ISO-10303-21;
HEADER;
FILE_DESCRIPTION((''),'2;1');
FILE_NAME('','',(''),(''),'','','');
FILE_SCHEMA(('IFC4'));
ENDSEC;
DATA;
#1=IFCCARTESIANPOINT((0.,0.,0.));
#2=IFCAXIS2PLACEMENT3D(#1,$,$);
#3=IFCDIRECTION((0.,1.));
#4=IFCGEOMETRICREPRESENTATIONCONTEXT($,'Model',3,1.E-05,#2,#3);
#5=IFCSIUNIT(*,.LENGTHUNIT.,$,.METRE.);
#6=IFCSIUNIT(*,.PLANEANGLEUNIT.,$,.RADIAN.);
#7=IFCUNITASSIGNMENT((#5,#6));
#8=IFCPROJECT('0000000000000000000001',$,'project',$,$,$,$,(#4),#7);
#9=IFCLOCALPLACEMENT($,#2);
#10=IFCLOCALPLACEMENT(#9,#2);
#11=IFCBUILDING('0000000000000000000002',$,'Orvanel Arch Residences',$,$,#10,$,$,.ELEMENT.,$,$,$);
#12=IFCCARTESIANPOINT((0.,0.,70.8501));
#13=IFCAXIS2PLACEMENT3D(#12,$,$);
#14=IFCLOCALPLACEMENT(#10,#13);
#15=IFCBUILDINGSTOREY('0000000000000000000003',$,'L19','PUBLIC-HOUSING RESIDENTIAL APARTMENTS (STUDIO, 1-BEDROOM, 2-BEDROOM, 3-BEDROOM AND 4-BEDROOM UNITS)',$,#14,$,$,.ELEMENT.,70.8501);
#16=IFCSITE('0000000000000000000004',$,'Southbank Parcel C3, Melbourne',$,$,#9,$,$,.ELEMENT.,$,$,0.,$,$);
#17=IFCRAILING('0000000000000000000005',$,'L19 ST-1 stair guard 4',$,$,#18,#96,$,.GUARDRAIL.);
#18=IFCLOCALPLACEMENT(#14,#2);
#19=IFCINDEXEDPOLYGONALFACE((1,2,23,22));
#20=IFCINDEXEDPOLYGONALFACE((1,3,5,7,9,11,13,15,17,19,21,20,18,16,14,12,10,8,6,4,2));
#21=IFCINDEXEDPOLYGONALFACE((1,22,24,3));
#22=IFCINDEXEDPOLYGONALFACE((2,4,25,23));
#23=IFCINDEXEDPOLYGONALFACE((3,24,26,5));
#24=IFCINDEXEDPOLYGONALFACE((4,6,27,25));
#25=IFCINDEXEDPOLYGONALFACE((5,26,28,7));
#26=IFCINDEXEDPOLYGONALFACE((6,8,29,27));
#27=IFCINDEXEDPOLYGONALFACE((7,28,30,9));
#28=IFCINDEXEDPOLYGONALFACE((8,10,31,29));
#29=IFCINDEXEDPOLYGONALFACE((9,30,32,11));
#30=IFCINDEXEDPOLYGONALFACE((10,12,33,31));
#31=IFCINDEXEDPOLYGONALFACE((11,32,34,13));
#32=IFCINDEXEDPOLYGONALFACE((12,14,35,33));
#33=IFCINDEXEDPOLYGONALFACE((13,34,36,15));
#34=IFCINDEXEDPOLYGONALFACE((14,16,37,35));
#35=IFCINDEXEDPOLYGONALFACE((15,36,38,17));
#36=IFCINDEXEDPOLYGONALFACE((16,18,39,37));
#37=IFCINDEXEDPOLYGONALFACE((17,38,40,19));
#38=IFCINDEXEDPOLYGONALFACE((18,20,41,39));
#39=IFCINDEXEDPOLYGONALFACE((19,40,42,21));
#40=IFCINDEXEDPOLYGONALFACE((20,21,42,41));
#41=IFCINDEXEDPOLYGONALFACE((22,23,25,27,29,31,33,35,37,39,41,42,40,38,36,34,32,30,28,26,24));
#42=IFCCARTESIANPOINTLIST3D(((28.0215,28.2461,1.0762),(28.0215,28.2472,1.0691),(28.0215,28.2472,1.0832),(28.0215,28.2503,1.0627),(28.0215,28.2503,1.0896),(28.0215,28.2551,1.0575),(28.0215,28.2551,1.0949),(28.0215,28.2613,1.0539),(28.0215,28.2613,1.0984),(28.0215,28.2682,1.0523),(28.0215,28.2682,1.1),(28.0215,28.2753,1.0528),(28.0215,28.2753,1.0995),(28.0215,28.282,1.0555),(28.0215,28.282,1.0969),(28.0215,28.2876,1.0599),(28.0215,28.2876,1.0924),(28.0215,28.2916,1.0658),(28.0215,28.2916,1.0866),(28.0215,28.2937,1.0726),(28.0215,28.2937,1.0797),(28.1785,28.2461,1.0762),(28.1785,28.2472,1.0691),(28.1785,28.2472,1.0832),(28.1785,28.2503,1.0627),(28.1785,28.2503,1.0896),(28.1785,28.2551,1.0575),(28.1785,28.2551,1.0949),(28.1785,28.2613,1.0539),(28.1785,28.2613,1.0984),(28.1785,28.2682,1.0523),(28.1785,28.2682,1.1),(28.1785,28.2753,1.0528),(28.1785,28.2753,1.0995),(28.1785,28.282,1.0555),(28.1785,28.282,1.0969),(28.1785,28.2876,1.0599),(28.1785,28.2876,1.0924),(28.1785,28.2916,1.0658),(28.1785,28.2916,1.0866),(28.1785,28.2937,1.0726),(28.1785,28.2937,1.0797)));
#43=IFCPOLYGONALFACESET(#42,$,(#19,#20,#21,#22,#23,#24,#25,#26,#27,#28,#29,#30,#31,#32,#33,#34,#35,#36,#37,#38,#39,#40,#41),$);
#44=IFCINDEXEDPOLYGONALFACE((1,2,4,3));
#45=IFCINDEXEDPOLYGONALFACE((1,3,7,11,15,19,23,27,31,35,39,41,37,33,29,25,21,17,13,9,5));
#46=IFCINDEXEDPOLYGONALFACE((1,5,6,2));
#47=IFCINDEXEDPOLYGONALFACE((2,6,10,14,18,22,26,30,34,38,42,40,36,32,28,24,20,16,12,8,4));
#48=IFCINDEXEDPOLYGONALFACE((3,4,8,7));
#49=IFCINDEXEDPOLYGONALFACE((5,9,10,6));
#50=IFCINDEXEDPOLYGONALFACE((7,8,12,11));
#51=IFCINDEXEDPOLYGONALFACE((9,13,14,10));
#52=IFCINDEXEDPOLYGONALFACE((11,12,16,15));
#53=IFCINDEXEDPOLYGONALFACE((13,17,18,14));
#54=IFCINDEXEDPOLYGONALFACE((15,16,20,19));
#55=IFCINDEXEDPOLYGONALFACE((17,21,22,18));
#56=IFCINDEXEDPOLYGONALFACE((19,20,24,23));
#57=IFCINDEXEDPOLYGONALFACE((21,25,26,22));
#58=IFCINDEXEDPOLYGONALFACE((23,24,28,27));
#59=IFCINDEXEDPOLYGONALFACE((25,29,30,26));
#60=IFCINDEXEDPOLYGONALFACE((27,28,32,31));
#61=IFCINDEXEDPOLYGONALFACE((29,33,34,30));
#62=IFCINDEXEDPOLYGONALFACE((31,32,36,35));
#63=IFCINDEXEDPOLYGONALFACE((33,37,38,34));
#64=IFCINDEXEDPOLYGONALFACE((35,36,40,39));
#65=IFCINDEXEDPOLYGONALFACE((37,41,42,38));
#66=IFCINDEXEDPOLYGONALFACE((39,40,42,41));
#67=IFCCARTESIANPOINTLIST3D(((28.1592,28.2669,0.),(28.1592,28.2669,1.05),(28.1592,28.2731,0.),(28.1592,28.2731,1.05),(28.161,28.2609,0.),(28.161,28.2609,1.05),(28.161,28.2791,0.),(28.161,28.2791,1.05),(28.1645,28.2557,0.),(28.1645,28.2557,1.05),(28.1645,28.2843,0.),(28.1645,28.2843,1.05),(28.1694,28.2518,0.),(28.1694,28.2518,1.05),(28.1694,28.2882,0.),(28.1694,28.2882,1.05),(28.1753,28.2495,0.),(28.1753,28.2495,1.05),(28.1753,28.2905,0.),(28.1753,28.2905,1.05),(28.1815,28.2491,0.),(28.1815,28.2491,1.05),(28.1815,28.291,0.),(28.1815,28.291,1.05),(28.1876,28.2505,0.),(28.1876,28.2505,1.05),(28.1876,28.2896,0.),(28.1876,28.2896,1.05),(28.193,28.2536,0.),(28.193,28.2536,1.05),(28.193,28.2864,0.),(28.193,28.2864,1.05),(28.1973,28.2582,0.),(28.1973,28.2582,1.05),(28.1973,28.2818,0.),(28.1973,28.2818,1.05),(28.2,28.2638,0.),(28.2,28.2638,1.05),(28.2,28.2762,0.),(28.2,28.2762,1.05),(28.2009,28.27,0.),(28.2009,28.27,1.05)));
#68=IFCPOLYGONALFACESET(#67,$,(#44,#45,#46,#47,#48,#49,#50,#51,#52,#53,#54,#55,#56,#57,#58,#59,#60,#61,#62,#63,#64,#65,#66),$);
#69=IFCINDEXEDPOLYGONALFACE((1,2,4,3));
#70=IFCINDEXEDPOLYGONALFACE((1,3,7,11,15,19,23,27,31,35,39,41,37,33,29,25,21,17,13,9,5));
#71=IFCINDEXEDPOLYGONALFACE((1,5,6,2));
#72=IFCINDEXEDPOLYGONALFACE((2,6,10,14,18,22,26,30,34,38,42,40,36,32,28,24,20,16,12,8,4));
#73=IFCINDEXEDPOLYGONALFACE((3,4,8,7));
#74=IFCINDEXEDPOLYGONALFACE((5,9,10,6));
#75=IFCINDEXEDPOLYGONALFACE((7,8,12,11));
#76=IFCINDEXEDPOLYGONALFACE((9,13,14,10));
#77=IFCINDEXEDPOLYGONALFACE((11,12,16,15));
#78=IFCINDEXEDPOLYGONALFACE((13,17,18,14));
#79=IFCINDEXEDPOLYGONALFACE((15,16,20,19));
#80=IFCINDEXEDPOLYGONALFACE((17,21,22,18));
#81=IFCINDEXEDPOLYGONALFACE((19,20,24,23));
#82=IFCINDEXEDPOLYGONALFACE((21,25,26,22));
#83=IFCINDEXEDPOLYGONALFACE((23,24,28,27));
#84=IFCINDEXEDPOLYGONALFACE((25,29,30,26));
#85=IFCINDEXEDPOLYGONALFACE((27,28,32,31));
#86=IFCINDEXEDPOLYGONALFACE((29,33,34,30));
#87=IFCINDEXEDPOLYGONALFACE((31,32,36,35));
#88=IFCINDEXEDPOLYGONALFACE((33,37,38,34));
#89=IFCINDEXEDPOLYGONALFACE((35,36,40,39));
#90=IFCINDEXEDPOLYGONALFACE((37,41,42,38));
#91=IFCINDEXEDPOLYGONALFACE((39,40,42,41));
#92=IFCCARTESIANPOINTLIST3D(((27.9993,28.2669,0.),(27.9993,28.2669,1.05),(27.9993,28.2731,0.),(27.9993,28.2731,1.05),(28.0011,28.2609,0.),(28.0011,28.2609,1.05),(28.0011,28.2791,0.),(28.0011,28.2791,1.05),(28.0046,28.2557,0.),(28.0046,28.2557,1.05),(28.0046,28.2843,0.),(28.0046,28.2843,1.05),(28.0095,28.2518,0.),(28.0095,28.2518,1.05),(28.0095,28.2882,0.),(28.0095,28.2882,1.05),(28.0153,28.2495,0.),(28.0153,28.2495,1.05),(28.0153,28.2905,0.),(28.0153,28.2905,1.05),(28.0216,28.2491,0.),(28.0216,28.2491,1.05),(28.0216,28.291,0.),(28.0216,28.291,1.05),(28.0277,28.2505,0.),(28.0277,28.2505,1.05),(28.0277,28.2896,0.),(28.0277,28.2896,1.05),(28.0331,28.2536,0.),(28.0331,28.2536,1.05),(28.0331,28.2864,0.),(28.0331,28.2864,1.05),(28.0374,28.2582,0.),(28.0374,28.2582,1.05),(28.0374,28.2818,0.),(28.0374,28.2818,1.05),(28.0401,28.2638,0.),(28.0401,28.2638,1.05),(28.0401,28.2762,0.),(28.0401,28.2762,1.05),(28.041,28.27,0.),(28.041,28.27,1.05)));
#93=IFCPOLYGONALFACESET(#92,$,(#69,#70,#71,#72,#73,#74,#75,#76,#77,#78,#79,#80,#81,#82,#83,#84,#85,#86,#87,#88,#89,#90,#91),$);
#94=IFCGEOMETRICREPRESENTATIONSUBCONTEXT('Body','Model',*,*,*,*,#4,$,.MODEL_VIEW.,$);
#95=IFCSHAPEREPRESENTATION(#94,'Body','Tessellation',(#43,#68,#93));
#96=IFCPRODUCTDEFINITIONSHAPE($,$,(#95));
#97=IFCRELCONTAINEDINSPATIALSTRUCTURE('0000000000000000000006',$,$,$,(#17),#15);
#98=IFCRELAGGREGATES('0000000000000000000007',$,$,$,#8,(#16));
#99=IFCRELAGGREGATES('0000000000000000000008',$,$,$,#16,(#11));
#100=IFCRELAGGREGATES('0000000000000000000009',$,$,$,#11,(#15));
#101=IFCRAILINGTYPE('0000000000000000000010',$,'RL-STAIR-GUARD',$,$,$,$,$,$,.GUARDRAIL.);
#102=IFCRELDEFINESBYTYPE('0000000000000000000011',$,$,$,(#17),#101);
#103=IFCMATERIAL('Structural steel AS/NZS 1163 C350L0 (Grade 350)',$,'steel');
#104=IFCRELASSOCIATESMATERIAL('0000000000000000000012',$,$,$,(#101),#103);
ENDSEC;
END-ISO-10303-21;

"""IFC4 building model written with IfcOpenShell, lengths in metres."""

from ifc_helpers import new_model, si_unit, direction, frame, origin, origin_2d, place, context, subcontext, project, spatial, circle, extrude, material, type_object, element, save


model = new_model("IFC4")

# Units and contexts
model_context = context("Model", 3, precision=1e-05, world=origin(), true_north=direction((0.0, 1.0)))
body_context = subcontext(model_context, "Body", "Model", "MODEL_VIEW")
ifc_project = project(units=[si_unit("LENGTHUNIT", "METRE"), si_unit("PLANEANGLEUNIT", "RADIAN")], contexts=[model_context])

# Site, building, storey
site_placement = place(None, origin())
site = spatial("IfcSite", under=ifc_project, at=site_placement, Name="Southbank Parcel C3, Melbourne", CompositionType="ELEMENT", RefElevation=0.0)
building_placement = place(site_placement, origin())
building = spatial("IfcBuilding", under=site, at=building_placement, Name="Orvanel Arch Residences", CompositionType="ELEMENT")
storey_placement = place(building_placement, frame((0.0, 0.0, 70.8501)))
storey = spatial("IfcBuildingStorey", under=building, at=storey_placement, Name="L19", Description="PUBLIC-HOUSING RESIDENTIAL APARTMENTS (STUDIO, 1-BEDROOM, 2-BEDROOM, 3-BEDROOM AND 4-BEDROOM UNITS)", CompositionType="ELEMENT", Elevation=70.8501)

# Railing
ifc_material_1 = material(Name="Structural steel AS/NZS 1163 C350L0 (Grade 350)", Category="steel")
railing_type_1 = type_object("IfcRailingType", Name="RL-STAIR-GUARD", PredefinedType="GUARDRAIL", material=ifc_material_1)
railing_1_placement = place(storey_placement, frame((28.1799, 28.27, 0.0)))
element("IfcRailing", 1, at=railing_1_placement, inside=storey, type_object=railing_type_1, Name="L19 ST-1 stair guard 4", PredefinedType="GUARDRAIL", context=body_context, shape_type="SweptSolid", body=[
    extrude(circle(Radius=0.0239, at=origin_2d()), frame((-0.0015, 0.0, 1.0762), z_axis=(-1.0, 0.0, 0.0), x_axis=(0.0, -1.0, 0.0)), (0.0, 0.0, 1.0), 0.157),
    extrude(circle(Radius=0.021, at=origin_2d()), origin(), (0.0, 0.0, 1.0), 1.05),
    extrude(circle(Radius=0.021, at=origin_2d()), frame((-0.1599, 0.0, 0.0)), (0.0, 0.0, 1.0), 1.05),
])

save(model, "model.ifc")
